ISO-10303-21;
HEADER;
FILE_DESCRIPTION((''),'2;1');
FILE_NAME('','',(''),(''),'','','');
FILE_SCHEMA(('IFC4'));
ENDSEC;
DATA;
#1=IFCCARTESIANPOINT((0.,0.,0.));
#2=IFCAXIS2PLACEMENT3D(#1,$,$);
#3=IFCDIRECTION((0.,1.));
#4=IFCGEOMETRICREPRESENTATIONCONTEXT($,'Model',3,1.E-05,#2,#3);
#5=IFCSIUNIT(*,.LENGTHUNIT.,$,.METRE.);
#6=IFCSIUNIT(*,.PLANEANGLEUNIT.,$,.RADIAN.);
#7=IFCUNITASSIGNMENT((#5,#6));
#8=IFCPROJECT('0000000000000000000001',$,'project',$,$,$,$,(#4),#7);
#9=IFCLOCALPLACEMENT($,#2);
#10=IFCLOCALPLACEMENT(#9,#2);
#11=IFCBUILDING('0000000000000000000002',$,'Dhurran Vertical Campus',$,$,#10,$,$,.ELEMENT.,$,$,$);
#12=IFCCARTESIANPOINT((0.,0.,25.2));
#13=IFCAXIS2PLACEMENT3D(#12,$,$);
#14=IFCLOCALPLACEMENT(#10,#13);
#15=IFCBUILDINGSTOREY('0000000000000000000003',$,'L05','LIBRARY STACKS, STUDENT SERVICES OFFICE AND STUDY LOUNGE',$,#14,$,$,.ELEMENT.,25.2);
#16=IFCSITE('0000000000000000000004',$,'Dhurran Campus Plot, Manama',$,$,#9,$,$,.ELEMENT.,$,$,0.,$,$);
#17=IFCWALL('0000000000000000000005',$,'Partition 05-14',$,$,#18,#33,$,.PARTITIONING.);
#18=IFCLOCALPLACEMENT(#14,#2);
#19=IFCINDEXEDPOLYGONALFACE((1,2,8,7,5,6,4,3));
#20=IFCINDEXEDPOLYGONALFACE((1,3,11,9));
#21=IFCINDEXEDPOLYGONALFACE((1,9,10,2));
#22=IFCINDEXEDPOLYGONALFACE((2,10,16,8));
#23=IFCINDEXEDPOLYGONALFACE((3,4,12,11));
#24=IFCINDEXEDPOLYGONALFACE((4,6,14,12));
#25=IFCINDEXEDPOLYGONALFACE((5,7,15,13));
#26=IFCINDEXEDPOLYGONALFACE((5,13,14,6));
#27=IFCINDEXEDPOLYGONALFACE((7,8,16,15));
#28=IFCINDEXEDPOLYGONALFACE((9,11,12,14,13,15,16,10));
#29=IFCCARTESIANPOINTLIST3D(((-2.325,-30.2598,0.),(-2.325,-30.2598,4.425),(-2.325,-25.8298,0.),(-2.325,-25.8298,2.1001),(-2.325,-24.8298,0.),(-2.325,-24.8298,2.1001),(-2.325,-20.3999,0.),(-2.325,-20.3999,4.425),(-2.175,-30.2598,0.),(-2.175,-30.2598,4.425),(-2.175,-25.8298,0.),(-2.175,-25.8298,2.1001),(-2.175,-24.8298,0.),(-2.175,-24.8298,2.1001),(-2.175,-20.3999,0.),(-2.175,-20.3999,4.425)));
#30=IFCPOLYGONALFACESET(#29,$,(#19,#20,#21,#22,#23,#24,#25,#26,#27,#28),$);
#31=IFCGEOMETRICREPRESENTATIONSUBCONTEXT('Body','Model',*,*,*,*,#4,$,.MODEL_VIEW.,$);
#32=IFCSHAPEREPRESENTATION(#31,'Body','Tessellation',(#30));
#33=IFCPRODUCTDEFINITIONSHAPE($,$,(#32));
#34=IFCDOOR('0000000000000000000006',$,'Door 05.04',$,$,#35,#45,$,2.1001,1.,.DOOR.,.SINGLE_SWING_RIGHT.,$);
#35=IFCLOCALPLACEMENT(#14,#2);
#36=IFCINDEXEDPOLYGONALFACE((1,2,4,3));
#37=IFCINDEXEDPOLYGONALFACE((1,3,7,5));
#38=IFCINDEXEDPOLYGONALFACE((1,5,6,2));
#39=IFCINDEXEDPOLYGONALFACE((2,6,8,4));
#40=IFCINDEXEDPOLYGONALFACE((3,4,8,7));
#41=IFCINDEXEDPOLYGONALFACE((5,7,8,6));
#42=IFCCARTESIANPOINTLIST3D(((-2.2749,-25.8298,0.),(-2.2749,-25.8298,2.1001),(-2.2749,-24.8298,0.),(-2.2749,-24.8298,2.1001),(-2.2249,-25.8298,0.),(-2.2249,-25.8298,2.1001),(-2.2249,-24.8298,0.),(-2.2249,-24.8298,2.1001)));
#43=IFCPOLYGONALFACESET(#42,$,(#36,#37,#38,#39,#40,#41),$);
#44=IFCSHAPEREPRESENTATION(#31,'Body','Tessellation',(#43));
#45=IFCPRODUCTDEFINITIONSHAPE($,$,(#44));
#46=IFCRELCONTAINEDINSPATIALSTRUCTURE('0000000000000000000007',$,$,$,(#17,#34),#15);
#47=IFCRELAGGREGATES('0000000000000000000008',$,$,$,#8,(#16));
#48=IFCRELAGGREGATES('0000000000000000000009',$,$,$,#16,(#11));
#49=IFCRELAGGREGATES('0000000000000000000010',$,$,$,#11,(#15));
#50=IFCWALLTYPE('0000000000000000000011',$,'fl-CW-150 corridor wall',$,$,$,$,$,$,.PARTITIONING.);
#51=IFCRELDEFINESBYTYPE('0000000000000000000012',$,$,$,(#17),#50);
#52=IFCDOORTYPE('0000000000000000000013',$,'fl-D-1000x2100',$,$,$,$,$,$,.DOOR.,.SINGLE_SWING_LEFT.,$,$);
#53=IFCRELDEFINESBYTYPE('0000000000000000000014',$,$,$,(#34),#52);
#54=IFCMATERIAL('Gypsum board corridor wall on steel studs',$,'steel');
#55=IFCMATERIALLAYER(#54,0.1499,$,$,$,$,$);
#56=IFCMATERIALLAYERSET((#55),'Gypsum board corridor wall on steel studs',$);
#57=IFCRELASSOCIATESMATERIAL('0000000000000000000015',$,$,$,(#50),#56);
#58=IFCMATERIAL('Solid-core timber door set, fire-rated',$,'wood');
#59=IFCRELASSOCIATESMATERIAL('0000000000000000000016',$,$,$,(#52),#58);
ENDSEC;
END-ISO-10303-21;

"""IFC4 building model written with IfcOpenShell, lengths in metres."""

from ifc_helpers import new_model, si_unit, direction, frame, frame_2d, origin, place, context, subcontext, project, spatial, rectangle, extrude, material, layer, layer_set, type_object, element, fill, save


model = new_model("IFC4")

# Units and contexts
model_context = context("Model", 3, precision=1e-05, world=origin(), true_north=direction((0.0, 1.0)))
body_context = subcontext(model_context, "Body", "Model", "MODEL_VIEW")
ifc_project = project(units=[si_unit("LENGTHUNIT", "METRE"), si_unit("PLANEANGLEUNIT", "RADIAN")], contexts=[model_context])

# Site, building, storey
site_placement = place(None, origin())
site = spatial("IfcSite", under=ifc_project, at=site_placement, Name="Dhurran Campus Plot, Manama", CompositionType="ELEMENT", RefElevation=0.0)
building_placement = place(site_placement, origin())
building = spatial("IfcBuilding", under=site, at=building_placement, Name="Dhurran Vertical Campus", CompositionType="ELEMENT")
storey_placement = place(building_placement, frame((0.0, 0.0, 25.2)))
storey = spatial("IfcBuildingStorey", under=building, at=storey_placement, Name="L05", Description="LIBRARY STACKS, STUDENT SERVICES OFFICE AND STUDY LOUNGE", CompositionType="ELEMENT", Elevation=25.2)

# Wall, opening, door
ifc_material_1 = material(Name="Gypsum board corridor wall on steel studs", Category="steel")
ifc_layer_1 = layer(ifc_material_1, 0.1499)
ifc_layer_set_1 = layer_set([ifc_layer_1], Name="Gypsum board corridor wall on steel studs")
wall_type_1 = type_object("IfcWallType", Name="fl-CW-150 corridor wall", PredefinedType="PARTITIONING", material=ifc_layer_set_1)
wall_1_placement = place(storey_placement, frame((-2.25, -30.2598, 0.0), z_axis=(0.0, 0.0, 1.0), x_axis=(0.0, 1.0, 0.0)))
wall_1 = element("IfcWall", 1, at=wall_1_placement, inside=storey, type_object=wall_type_1, Name="Partition 05-14", PredefinedType="PARTITIONING", context=body_context, shape_type="SweptSolid", body=[
    extrude(rectangle(XDim=9.8599, YDim=0.1499, at=frame_2d((4.9299, 0.0))), origin(), (0.0, 0.0, 1.0), 4.425),
])
opening_1_placement = place(wall_1_placement, frame((4.4299, 0.0, 0.0)))
opening_1 = element("IfcOpeningElement", 2, at=opening_1_placement, cuts=wall_1, PredefinedType="OPENING", context=body_context, shape_type="SweptSolid", body=[
    extrude(rectangle(XDim=1.0, YDim=2.1001, at=frame_2d((0.5, 1.05))), frame((0.0, 0.085, 0.0), z_axis=(0.0, -1.0, 0.0), x_axis=(1.0, 0.0, 0.0)), (0.0, 0.0, 1.0), 0.1699),
])
ifc_material_2 = material(Name="Solid-core timber door set, fire-rated", Category="wood")
door_type = type_object("IfcDoorType", Name="fl-D-1000x2100", OperationType="SINGLE_SWING_LEFT", PredefinedType="DOOR", material=ifc_material_2)
door_placement = place(opening_1_placement, origin())
door = element("IfcDoor", 3, at=door_placement, inside=storey, type_object=door_type, Name="Door 05.04", OperationType="SINGLE_SWING_RIGHT", OverallHeight=2.1001, OverallWidth=1.0, PredefinedType="DOOR", context=body_context, shape_type="SweptSolid", body=[
    extrude(rectangle(XDim=1.0, YDim=2.1001, at=frame_2d((0.5, 1.05))), frame((0.0, 0.0249, 0.0), z_axis=(0.0, -1.0, 0.0), x_axis=(1.0, 0.0, 0.0)), (0.0, 0.0, 1.0), 0.05),
])
fill(opening_1, door)

save(model, "model.ifc")
